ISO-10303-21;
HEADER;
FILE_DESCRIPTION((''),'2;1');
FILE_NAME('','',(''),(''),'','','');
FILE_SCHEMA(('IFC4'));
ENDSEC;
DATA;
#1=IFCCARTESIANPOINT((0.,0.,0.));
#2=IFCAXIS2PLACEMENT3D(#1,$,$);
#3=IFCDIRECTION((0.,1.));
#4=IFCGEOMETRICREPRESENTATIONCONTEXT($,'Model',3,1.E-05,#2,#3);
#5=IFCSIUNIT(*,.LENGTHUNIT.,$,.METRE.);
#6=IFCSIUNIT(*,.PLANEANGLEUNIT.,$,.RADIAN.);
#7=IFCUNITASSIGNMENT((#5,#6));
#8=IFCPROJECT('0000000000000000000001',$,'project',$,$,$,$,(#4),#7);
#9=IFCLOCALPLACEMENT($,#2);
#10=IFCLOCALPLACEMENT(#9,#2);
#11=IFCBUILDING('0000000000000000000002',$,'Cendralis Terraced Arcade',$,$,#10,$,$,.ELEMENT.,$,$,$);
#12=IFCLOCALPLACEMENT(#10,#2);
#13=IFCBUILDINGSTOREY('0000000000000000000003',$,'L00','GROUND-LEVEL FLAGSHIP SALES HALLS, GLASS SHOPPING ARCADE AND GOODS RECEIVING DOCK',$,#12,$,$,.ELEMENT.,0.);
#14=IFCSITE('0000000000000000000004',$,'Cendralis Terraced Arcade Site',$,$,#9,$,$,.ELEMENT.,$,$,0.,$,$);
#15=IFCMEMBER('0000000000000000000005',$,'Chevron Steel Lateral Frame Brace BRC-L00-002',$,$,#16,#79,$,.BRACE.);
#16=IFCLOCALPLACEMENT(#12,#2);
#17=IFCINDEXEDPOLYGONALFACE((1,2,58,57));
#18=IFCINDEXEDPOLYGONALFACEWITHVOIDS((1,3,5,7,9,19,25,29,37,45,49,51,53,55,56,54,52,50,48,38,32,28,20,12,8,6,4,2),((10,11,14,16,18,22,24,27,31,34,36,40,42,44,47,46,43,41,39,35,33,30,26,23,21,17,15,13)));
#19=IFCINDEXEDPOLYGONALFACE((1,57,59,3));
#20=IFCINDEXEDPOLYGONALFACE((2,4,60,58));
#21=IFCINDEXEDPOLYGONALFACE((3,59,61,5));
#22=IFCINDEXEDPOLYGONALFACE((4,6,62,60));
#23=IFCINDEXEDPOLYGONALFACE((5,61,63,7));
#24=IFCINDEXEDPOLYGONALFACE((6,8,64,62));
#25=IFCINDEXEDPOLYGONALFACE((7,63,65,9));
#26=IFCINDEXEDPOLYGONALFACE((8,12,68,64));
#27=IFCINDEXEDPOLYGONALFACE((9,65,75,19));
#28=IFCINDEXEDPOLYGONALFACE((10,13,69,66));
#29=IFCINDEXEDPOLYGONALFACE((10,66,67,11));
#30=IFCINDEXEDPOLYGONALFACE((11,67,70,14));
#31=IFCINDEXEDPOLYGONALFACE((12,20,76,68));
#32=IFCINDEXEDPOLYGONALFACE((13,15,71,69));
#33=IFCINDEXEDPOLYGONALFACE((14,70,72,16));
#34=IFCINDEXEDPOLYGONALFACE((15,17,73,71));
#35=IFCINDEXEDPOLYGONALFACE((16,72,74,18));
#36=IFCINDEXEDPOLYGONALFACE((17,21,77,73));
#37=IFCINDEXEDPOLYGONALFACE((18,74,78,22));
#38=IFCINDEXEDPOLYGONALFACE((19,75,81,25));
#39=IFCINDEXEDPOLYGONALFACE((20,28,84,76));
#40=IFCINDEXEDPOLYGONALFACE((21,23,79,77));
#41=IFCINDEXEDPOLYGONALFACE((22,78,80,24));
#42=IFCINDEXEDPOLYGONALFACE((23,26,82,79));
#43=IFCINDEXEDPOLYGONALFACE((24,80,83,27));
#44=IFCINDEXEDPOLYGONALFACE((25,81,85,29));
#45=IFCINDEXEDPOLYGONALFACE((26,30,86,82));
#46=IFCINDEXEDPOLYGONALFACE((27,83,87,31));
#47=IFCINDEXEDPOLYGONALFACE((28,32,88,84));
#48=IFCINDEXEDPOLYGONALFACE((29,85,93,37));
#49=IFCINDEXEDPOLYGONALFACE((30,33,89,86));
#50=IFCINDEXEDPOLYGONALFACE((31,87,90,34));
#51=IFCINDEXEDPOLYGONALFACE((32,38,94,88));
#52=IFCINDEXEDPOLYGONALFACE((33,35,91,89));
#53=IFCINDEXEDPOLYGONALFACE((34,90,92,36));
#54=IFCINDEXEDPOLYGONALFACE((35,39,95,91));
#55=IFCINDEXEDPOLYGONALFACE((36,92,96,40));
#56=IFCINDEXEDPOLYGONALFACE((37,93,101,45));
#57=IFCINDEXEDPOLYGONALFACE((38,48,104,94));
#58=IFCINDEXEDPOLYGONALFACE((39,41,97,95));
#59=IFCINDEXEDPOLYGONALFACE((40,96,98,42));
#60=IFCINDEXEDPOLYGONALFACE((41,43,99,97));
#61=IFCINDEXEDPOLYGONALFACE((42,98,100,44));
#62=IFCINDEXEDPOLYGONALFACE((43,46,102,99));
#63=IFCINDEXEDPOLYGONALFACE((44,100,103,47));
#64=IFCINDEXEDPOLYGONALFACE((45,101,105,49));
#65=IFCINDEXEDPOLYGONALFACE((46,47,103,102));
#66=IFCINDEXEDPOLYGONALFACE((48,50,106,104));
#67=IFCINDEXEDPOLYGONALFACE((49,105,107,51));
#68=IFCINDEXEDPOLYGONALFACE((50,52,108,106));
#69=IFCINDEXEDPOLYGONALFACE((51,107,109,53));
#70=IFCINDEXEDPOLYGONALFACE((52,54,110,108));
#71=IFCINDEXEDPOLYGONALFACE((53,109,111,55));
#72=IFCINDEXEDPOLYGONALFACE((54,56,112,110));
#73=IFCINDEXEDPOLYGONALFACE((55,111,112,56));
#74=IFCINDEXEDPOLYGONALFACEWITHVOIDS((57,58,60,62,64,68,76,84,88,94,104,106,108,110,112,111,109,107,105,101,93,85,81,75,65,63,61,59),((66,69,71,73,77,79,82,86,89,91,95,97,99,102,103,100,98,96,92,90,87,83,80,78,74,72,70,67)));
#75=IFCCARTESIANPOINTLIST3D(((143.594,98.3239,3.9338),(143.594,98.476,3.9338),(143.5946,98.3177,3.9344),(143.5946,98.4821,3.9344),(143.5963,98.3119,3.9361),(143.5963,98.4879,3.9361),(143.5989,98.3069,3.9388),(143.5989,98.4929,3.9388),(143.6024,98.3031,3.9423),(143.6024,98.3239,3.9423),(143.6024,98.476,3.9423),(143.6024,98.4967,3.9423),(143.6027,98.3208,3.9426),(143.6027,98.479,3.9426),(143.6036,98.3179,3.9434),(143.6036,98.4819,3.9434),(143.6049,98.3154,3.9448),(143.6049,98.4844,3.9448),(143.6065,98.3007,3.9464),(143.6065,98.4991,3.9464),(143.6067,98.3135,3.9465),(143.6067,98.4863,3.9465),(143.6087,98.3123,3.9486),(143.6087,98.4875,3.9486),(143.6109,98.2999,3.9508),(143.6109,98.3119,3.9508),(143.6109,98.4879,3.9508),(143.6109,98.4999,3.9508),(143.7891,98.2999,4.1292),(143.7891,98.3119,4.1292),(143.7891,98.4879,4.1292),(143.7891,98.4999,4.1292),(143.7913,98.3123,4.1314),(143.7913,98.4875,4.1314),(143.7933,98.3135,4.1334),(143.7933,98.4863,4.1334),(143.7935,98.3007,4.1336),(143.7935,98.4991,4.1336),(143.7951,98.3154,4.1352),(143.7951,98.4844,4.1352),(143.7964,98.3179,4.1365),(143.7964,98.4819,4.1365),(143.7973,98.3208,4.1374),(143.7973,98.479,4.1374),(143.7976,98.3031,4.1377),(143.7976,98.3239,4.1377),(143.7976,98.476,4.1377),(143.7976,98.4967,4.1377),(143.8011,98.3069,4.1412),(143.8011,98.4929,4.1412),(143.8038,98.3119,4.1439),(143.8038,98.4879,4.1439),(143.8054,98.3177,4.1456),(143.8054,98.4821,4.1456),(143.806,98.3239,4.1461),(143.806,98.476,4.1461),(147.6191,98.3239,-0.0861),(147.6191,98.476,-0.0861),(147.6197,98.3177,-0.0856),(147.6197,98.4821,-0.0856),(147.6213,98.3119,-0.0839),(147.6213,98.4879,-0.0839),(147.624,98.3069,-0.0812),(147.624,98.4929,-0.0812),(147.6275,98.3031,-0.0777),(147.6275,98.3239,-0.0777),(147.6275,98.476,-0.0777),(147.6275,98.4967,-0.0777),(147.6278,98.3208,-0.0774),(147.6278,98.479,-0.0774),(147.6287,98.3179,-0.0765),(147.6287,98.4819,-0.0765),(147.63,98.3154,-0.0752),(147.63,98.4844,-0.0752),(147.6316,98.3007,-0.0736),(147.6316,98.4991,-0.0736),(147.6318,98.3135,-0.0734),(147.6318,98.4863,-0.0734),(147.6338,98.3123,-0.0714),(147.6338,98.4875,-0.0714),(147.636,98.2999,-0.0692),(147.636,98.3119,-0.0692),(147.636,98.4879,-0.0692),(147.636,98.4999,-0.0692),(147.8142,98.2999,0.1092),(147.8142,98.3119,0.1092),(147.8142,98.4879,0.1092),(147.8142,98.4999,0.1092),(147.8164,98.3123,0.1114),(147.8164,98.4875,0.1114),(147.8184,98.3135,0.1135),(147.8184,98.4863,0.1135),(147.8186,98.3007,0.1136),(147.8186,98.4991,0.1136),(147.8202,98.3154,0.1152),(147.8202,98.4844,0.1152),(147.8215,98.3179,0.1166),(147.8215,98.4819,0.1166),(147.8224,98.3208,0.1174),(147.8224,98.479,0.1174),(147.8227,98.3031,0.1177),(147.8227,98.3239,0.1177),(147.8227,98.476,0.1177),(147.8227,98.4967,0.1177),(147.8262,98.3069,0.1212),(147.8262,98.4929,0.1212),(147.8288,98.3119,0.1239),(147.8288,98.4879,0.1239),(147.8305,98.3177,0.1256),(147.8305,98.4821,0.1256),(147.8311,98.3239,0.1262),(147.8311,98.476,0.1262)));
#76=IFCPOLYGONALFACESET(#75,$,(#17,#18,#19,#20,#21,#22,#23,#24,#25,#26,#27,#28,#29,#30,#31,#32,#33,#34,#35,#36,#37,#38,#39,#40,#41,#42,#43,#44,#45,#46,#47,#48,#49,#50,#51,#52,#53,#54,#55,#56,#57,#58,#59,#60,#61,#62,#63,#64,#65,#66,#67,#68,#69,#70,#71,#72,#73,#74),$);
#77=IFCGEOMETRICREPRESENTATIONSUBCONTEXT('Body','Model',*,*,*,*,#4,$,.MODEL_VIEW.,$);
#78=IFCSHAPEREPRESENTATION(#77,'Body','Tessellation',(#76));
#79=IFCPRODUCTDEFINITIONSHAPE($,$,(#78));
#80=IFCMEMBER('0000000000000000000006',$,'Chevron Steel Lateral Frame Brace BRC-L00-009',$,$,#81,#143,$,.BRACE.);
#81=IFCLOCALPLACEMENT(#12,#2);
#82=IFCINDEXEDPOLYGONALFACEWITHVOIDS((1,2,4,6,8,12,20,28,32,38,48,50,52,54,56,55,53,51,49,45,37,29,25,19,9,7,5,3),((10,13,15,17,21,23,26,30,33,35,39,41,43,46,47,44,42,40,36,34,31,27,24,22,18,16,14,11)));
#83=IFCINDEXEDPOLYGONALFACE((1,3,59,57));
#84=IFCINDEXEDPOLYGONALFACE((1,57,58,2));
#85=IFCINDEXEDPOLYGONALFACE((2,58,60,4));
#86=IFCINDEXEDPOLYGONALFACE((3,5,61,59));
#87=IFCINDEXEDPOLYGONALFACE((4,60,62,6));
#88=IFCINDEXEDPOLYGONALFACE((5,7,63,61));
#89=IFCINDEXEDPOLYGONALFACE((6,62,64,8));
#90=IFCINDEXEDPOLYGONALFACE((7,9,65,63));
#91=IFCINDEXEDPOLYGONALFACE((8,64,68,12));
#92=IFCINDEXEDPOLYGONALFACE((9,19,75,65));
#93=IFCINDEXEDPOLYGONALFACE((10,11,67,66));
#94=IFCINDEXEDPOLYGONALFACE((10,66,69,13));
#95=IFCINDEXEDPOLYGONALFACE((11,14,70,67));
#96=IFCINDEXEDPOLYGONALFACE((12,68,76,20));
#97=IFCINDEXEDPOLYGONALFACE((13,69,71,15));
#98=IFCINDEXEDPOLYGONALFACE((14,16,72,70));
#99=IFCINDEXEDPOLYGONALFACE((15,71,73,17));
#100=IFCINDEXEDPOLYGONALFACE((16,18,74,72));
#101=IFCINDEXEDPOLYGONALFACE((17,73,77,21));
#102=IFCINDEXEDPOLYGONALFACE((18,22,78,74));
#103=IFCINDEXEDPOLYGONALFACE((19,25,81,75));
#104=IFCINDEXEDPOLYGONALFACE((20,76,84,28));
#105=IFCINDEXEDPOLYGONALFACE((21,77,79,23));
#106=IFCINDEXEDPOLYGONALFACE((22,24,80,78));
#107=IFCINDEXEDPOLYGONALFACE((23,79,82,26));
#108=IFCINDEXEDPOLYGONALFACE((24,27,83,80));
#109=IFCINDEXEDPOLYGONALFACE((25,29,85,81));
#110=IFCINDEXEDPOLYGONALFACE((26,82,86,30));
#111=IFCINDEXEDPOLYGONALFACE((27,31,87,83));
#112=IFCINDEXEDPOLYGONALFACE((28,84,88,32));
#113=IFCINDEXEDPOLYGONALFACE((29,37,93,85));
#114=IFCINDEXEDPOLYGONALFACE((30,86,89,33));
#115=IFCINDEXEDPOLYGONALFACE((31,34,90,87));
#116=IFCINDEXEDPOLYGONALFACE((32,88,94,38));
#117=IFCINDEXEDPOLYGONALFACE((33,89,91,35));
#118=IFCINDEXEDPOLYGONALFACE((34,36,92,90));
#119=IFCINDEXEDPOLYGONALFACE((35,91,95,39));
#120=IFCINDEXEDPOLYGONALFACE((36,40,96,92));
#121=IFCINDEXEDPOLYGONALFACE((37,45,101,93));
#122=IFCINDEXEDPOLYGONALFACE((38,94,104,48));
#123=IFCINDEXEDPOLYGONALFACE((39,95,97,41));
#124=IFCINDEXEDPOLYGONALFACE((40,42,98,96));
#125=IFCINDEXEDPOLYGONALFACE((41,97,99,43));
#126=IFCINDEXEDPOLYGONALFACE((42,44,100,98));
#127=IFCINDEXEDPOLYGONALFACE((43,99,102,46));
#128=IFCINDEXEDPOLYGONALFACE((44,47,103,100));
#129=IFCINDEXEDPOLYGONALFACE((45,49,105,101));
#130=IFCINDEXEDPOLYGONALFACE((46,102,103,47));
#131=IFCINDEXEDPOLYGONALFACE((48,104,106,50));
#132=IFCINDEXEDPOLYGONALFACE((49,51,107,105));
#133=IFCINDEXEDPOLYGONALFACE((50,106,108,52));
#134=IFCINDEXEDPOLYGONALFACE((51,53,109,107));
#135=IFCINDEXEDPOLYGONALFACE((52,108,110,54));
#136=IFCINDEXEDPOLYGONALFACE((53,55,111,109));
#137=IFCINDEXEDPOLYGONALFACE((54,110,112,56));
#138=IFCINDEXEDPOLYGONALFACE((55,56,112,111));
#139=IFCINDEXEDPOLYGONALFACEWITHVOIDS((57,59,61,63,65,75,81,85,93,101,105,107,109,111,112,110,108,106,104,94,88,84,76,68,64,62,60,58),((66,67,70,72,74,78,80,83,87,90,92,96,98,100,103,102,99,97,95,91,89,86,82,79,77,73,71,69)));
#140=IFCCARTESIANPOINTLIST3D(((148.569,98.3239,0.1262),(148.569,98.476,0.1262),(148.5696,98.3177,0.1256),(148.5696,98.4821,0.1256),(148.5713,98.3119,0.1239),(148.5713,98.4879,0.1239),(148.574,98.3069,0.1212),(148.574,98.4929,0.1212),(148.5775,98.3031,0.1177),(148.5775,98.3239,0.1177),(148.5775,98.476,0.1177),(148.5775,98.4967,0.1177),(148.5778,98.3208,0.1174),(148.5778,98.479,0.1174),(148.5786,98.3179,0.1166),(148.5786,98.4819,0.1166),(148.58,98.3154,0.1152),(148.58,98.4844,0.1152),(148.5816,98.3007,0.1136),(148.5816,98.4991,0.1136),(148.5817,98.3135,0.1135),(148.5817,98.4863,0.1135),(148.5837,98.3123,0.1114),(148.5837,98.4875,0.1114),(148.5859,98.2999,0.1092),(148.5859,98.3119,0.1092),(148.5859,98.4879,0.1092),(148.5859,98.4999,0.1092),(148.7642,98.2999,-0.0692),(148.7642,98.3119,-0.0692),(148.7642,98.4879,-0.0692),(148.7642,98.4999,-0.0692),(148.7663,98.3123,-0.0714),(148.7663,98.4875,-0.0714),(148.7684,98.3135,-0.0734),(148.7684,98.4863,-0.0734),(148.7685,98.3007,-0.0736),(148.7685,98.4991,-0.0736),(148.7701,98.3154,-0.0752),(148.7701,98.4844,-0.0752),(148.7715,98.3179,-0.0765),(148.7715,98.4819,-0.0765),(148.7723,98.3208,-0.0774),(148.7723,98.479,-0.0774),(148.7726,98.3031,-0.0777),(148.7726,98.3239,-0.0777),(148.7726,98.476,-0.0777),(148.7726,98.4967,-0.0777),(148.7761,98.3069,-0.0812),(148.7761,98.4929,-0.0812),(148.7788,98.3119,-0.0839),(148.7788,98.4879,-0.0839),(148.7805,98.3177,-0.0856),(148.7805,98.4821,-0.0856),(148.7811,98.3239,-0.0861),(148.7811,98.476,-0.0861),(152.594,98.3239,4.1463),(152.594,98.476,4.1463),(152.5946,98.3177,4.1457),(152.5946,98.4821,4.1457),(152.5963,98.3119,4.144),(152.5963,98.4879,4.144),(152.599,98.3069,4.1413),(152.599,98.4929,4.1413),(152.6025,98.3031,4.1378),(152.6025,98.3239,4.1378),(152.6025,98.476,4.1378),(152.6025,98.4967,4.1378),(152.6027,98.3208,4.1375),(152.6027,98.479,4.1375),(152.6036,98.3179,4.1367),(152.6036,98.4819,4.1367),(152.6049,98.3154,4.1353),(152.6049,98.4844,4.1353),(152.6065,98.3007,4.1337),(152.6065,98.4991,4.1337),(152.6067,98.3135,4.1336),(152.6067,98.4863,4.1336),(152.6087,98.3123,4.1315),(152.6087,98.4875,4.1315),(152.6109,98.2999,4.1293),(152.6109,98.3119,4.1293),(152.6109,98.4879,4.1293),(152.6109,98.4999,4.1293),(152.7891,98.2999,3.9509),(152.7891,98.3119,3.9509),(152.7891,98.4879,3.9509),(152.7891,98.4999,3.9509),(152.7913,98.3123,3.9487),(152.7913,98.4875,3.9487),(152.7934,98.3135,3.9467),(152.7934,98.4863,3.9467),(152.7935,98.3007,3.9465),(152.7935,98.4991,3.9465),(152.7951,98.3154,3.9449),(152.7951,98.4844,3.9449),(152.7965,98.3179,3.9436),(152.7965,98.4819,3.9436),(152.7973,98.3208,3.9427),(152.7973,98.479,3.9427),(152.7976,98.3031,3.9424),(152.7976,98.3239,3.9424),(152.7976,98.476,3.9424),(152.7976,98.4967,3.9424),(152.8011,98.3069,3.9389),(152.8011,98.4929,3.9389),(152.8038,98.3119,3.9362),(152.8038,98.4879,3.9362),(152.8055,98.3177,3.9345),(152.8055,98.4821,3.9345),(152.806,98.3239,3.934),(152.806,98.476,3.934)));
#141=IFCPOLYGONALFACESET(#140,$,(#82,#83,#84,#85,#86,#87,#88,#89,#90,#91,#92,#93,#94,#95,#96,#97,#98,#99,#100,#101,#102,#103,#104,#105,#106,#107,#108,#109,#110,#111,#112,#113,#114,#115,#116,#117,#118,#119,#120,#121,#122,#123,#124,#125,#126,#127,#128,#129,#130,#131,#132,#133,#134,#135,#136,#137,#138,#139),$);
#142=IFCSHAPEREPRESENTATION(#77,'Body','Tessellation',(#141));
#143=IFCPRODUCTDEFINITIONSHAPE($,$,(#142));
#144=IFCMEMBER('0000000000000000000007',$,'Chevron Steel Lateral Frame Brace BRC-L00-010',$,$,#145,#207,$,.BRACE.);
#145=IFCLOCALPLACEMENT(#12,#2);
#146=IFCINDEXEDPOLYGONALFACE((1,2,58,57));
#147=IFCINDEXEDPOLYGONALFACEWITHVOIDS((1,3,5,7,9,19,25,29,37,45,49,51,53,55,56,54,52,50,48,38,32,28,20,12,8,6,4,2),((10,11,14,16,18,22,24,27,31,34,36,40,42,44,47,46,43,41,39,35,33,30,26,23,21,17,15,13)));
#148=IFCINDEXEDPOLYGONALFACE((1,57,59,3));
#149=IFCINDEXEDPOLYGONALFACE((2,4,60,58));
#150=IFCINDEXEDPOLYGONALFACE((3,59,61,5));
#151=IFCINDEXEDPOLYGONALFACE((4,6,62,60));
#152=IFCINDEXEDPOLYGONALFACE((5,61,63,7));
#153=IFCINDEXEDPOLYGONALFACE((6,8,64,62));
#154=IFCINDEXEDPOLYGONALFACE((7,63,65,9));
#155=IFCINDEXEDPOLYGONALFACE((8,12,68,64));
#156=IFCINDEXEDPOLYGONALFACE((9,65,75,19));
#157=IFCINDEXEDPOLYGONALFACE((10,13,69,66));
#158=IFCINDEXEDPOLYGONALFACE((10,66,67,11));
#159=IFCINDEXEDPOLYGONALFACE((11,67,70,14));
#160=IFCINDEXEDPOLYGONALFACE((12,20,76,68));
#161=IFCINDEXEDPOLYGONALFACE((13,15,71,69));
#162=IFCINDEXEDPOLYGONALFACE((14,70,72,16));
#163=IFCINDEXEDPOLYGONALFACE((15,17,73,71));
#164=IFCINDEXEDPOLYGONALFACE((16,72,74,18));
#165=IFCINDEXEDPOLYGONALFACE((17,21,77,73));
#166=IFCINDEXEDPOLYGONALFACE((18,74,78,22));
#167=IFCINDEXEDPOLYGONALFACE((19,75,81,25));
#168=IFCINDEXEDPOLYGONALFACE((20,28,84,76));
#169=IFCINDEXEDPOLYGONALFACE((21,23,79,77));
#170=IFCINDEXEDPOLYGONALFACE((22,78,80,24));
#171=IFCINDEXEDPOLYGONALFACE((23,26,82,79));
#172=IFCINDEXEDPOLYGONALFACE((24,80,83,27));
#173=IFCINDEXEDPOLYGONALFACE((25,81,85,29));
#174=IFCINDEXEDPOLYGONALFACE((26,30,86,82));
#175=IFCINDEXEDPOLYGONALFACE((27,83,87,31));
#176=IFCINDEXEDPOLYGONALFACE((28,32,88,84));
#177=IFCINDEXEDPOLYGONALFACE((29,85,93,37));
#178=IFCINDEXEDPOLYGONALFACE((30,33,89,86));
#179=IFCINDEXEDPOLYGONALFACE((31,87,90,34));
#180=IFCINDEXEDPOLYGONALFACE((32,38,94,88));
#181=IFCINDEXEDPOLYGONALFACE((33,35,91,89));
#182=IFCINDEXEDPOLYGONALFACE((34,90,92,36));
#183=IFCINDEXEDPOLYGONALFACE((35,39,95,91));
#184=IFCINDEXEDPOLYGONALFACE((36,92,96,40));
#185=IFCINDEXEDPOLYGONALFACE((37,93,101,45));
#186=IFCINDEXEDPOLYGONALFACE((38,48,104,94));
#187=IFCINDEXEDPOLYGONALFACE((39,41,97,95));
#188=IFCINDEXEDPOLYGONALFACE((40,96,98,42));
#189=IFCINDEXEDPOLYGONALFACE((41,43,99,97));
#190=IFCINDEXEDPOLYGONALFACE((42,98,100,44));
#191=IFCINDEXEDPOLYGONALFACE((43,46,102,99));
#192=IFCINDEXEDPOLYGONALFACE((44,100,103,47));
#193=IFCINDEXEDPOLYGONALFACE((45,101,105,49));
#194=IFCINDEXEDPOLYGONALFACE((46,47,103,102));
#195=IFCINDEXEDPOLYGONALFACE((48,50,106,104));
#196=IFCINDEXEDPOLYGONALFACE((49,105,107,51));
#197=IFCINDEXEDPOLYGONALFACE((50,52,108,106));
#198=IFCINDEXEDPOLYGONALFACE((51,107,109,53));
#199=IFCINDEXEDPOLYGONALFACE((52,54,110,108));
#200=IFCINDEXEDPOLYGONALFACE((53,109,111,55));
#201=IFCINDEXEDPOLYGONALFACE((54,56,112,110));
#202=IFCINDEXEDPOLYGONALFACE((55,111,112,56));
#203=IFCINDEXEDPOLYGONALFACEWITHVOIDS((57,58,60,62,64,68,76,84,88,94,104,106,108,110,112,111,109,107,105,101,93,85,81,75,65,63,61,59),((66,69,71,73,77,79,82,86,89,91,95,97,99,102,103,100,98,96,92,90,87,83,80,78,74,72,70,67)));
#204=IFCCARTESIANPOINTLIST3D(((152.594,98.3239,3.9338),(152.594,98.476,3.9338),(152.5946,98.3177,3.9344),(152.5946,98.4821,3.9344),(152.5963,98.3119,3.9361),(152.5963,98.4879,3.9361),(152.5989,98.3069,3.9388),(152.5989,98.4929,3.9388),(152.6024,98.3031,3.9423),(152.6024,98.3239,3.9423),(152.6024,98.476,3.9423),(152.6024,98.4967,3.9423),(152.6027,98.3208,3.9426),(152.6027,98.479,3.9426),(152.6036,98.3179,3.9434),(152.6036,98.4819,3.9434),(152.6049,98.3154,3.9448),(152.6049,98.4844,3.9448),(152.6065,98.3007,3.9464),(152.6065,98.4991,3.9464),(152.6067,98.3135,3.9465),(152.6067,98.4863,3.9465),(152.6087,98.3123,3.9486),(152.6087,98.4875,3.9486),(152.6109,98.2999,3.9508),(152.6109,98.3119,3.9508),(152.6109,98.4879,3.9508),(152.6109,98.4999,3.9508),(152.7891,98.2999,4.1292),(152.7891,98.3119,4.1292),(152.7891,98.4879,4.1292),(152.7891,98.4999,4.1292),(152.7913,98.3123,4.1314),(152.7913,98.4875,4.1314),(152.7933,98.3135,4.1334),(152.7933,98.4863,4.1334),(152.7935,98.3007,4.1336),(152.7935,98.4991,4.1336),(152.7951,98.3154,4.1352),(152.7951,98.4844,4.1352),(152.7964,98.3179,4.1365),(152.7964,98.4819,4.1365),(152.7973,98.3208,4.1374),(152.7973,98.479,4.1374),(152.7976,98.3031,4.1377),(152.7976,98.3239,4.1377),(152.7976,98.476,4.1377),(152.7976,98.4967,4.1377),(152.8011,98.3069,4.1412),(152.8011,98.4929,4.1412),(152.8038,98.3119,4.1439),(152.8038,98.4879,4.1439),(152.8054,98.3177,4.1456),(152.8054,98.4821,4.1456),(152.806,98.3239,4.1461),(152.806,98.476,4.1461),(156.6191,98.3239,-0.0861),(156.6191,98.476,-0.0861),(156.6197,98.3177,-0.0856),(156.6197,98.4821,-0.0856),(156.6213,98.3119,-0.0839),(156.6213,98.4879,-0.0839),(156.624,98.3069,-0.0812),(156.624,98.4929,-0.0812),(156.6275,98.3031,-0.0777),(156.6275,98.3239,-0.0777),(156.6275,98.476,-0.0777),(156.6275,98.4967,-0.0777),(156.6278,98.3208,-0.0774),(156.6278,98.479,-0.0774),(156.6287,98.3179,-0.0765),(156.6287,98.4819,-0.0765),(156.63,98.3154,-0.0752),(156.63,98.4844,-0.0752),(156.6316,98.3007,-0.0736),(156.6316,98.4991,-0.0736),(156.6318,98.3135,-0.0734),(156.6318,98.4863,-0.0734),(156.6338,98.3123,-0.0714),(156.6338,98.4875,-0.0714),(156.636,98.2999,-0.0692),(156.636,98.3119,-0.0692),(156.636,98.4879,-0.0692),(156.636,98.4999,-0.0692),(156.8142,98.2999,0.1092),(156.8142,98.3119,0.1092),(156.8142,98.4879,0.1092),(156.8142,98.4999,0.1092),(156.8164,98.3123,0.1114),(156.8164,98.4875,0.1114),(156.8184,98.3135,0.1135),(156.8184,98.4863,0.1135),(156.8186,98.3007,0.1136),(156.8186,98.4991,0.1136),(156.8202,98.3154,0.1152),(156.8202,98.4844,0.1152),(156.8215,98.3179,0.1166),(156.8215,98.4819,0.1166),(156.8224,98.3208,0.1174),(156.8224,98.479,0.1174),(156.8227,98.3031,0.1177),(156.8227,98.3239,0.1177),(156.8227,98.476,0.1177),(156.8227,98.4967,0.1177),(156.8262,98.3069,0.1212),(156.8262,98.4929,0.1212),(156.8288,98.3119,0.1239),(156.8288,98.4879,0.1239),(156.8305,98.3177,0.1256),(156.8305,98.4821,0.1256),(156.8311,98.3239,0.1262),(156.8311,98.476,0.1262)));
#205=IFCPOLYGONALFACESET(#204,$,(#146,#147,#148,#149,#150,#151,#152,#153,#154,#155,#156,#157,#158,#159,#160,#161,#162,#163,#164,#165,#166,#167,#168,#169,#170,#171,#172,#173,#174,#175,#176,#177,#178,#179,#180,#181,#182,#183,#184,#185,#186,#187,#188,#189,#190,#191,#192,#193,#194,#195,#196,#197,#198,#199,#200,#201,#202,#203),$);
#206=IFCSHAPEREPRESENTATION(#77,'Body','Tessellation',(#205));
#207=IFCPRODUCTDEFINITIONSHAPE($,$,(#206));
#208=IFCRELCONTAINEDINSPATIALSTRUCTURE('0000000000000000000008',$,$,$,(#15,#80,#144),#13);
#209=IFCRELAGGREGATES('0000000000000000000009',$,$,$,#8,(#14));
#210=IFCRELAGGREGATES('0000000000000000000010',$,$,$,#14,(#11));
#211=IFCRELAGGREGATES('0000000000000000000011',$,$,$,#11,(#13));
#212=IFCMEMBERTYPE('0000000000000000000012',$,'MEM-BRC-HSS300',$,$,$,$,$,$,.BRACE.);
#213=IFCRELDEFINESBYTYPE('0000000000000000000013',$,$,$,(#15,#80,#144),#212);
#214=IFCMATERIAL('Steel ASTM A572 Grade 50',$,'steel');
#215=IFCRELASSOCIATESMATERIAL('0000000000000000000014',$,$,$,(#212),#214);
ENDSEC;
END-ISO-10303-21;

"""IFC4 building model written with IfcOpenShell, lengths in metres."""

from ifc_helpers import new_model, si_unit, direction, frame, origin, origin_2d, place, context, subcontext, project, spatial, hollow_rectangle, extrude, material, material_profile, profile_set, type_object, element, save


model = new_model("IFC4")

# Units and contexts
model_context = context("Model", 3, precision=1e-05, world=origin(), true_north=direction((0.0, 1.0)))
body_context = subcontext(model_context, "Body", "Model", "MODEL_VIEW")
ifc_project = project(units=[si_unit("LENGTHUNIT", "METRE"), si_unit("PLANEANGLEUNIT", "RADIAN")], contexts=[model_context])

# Site, building, storey
site_placement = place(None, origin())
site = spatial("IfcSite", under=ifc_project, at=site_placement, Name="Cendralis Terraced Arcade Site", CompositionType="ELEMENT", RefElevation=0.0)
building_placement = place(site_placement, origin())
building = spatial("IfcBuilding", under=site, at=building_placement, Name="Cendralis Terraced Arcade", CompositionType="ELEMENT")
storey_placement = place(building_placement, origin())
storey = spatial("IfcBuildingStorey", under=building, at=storey_placement, Name="L00", Description="GROUND-LEVEL FLAGSHIP SALES HALLS, GLASS SHOPPING ARCADE AND GOODS RECEIVING DOCK", CompositionType="ELEMENT", Elevation=0.0)

# Members
ifc_material_1 = material(Name="Steel ASTM A572 Grade 50", Category="steel")
ifc_material_profile_1 = material_profile(ifc_material_1, hollow_rectangle(XDim=0.2, YDim=0.3, WallThickness=0.012, InnerFilletRadius=0.012, OuterFilletRadius=0.0239, at=origin_2d()), Name="HSS300X200X12", Category="LoadBearing")
ifc_profile_set_1 = profile_set([ifc_material_profile_1], Name="Steel ASTM A572 Grade 50")
member_type = type_object("IfcMemberType", Name="MEM-BRC-HSS300", PredefinedType="BRACE", material=ifc_profile_set_1)
for number, where, z_axis, x_axis, name in (
    (1, (147.7251, 98.3999, 0.02), (-0.707557, 0.0, 0.706656), (0.0, -1.0, 0.0), "Chevron Steel Lateral Frame Brace BRC-L00-002"),
    (2, (148.675, 98.3999, 0.02), (0.707536, 0.0, 0.706677), (0.0, 1.0, 0.0), "Chevron Steel Lateral Frame Brace BRC-L00-009"),
    (3, (156.7251, 98.3999, 0.02), (-0.707557, 0.0, 0.706656), (0.0, -1.0, 0.0), "Chevron Steel Lateral Frame Brace BRC-L00-010"),
):
    element("IfcMember", number, at=place(storey_placement, frame(where, z_axis=z_axis, x_axis=x_axis)), inside=storey, type_object=member_type, Name=name, PredefinedType="BRACE", context=body_context, shape_type="SweptSolid", body=[
        extrude(hollow_rectangle(XDim=0.2, YDim=0.3, WallThickness=0.012, InnerFilletRadius=0.012, OuterFilletRadius=0.0239, at=origin_2d()), origin(), (0.0, 0.0, 1.0), 5.6887),
    ])

save(model, "model.ifc")
